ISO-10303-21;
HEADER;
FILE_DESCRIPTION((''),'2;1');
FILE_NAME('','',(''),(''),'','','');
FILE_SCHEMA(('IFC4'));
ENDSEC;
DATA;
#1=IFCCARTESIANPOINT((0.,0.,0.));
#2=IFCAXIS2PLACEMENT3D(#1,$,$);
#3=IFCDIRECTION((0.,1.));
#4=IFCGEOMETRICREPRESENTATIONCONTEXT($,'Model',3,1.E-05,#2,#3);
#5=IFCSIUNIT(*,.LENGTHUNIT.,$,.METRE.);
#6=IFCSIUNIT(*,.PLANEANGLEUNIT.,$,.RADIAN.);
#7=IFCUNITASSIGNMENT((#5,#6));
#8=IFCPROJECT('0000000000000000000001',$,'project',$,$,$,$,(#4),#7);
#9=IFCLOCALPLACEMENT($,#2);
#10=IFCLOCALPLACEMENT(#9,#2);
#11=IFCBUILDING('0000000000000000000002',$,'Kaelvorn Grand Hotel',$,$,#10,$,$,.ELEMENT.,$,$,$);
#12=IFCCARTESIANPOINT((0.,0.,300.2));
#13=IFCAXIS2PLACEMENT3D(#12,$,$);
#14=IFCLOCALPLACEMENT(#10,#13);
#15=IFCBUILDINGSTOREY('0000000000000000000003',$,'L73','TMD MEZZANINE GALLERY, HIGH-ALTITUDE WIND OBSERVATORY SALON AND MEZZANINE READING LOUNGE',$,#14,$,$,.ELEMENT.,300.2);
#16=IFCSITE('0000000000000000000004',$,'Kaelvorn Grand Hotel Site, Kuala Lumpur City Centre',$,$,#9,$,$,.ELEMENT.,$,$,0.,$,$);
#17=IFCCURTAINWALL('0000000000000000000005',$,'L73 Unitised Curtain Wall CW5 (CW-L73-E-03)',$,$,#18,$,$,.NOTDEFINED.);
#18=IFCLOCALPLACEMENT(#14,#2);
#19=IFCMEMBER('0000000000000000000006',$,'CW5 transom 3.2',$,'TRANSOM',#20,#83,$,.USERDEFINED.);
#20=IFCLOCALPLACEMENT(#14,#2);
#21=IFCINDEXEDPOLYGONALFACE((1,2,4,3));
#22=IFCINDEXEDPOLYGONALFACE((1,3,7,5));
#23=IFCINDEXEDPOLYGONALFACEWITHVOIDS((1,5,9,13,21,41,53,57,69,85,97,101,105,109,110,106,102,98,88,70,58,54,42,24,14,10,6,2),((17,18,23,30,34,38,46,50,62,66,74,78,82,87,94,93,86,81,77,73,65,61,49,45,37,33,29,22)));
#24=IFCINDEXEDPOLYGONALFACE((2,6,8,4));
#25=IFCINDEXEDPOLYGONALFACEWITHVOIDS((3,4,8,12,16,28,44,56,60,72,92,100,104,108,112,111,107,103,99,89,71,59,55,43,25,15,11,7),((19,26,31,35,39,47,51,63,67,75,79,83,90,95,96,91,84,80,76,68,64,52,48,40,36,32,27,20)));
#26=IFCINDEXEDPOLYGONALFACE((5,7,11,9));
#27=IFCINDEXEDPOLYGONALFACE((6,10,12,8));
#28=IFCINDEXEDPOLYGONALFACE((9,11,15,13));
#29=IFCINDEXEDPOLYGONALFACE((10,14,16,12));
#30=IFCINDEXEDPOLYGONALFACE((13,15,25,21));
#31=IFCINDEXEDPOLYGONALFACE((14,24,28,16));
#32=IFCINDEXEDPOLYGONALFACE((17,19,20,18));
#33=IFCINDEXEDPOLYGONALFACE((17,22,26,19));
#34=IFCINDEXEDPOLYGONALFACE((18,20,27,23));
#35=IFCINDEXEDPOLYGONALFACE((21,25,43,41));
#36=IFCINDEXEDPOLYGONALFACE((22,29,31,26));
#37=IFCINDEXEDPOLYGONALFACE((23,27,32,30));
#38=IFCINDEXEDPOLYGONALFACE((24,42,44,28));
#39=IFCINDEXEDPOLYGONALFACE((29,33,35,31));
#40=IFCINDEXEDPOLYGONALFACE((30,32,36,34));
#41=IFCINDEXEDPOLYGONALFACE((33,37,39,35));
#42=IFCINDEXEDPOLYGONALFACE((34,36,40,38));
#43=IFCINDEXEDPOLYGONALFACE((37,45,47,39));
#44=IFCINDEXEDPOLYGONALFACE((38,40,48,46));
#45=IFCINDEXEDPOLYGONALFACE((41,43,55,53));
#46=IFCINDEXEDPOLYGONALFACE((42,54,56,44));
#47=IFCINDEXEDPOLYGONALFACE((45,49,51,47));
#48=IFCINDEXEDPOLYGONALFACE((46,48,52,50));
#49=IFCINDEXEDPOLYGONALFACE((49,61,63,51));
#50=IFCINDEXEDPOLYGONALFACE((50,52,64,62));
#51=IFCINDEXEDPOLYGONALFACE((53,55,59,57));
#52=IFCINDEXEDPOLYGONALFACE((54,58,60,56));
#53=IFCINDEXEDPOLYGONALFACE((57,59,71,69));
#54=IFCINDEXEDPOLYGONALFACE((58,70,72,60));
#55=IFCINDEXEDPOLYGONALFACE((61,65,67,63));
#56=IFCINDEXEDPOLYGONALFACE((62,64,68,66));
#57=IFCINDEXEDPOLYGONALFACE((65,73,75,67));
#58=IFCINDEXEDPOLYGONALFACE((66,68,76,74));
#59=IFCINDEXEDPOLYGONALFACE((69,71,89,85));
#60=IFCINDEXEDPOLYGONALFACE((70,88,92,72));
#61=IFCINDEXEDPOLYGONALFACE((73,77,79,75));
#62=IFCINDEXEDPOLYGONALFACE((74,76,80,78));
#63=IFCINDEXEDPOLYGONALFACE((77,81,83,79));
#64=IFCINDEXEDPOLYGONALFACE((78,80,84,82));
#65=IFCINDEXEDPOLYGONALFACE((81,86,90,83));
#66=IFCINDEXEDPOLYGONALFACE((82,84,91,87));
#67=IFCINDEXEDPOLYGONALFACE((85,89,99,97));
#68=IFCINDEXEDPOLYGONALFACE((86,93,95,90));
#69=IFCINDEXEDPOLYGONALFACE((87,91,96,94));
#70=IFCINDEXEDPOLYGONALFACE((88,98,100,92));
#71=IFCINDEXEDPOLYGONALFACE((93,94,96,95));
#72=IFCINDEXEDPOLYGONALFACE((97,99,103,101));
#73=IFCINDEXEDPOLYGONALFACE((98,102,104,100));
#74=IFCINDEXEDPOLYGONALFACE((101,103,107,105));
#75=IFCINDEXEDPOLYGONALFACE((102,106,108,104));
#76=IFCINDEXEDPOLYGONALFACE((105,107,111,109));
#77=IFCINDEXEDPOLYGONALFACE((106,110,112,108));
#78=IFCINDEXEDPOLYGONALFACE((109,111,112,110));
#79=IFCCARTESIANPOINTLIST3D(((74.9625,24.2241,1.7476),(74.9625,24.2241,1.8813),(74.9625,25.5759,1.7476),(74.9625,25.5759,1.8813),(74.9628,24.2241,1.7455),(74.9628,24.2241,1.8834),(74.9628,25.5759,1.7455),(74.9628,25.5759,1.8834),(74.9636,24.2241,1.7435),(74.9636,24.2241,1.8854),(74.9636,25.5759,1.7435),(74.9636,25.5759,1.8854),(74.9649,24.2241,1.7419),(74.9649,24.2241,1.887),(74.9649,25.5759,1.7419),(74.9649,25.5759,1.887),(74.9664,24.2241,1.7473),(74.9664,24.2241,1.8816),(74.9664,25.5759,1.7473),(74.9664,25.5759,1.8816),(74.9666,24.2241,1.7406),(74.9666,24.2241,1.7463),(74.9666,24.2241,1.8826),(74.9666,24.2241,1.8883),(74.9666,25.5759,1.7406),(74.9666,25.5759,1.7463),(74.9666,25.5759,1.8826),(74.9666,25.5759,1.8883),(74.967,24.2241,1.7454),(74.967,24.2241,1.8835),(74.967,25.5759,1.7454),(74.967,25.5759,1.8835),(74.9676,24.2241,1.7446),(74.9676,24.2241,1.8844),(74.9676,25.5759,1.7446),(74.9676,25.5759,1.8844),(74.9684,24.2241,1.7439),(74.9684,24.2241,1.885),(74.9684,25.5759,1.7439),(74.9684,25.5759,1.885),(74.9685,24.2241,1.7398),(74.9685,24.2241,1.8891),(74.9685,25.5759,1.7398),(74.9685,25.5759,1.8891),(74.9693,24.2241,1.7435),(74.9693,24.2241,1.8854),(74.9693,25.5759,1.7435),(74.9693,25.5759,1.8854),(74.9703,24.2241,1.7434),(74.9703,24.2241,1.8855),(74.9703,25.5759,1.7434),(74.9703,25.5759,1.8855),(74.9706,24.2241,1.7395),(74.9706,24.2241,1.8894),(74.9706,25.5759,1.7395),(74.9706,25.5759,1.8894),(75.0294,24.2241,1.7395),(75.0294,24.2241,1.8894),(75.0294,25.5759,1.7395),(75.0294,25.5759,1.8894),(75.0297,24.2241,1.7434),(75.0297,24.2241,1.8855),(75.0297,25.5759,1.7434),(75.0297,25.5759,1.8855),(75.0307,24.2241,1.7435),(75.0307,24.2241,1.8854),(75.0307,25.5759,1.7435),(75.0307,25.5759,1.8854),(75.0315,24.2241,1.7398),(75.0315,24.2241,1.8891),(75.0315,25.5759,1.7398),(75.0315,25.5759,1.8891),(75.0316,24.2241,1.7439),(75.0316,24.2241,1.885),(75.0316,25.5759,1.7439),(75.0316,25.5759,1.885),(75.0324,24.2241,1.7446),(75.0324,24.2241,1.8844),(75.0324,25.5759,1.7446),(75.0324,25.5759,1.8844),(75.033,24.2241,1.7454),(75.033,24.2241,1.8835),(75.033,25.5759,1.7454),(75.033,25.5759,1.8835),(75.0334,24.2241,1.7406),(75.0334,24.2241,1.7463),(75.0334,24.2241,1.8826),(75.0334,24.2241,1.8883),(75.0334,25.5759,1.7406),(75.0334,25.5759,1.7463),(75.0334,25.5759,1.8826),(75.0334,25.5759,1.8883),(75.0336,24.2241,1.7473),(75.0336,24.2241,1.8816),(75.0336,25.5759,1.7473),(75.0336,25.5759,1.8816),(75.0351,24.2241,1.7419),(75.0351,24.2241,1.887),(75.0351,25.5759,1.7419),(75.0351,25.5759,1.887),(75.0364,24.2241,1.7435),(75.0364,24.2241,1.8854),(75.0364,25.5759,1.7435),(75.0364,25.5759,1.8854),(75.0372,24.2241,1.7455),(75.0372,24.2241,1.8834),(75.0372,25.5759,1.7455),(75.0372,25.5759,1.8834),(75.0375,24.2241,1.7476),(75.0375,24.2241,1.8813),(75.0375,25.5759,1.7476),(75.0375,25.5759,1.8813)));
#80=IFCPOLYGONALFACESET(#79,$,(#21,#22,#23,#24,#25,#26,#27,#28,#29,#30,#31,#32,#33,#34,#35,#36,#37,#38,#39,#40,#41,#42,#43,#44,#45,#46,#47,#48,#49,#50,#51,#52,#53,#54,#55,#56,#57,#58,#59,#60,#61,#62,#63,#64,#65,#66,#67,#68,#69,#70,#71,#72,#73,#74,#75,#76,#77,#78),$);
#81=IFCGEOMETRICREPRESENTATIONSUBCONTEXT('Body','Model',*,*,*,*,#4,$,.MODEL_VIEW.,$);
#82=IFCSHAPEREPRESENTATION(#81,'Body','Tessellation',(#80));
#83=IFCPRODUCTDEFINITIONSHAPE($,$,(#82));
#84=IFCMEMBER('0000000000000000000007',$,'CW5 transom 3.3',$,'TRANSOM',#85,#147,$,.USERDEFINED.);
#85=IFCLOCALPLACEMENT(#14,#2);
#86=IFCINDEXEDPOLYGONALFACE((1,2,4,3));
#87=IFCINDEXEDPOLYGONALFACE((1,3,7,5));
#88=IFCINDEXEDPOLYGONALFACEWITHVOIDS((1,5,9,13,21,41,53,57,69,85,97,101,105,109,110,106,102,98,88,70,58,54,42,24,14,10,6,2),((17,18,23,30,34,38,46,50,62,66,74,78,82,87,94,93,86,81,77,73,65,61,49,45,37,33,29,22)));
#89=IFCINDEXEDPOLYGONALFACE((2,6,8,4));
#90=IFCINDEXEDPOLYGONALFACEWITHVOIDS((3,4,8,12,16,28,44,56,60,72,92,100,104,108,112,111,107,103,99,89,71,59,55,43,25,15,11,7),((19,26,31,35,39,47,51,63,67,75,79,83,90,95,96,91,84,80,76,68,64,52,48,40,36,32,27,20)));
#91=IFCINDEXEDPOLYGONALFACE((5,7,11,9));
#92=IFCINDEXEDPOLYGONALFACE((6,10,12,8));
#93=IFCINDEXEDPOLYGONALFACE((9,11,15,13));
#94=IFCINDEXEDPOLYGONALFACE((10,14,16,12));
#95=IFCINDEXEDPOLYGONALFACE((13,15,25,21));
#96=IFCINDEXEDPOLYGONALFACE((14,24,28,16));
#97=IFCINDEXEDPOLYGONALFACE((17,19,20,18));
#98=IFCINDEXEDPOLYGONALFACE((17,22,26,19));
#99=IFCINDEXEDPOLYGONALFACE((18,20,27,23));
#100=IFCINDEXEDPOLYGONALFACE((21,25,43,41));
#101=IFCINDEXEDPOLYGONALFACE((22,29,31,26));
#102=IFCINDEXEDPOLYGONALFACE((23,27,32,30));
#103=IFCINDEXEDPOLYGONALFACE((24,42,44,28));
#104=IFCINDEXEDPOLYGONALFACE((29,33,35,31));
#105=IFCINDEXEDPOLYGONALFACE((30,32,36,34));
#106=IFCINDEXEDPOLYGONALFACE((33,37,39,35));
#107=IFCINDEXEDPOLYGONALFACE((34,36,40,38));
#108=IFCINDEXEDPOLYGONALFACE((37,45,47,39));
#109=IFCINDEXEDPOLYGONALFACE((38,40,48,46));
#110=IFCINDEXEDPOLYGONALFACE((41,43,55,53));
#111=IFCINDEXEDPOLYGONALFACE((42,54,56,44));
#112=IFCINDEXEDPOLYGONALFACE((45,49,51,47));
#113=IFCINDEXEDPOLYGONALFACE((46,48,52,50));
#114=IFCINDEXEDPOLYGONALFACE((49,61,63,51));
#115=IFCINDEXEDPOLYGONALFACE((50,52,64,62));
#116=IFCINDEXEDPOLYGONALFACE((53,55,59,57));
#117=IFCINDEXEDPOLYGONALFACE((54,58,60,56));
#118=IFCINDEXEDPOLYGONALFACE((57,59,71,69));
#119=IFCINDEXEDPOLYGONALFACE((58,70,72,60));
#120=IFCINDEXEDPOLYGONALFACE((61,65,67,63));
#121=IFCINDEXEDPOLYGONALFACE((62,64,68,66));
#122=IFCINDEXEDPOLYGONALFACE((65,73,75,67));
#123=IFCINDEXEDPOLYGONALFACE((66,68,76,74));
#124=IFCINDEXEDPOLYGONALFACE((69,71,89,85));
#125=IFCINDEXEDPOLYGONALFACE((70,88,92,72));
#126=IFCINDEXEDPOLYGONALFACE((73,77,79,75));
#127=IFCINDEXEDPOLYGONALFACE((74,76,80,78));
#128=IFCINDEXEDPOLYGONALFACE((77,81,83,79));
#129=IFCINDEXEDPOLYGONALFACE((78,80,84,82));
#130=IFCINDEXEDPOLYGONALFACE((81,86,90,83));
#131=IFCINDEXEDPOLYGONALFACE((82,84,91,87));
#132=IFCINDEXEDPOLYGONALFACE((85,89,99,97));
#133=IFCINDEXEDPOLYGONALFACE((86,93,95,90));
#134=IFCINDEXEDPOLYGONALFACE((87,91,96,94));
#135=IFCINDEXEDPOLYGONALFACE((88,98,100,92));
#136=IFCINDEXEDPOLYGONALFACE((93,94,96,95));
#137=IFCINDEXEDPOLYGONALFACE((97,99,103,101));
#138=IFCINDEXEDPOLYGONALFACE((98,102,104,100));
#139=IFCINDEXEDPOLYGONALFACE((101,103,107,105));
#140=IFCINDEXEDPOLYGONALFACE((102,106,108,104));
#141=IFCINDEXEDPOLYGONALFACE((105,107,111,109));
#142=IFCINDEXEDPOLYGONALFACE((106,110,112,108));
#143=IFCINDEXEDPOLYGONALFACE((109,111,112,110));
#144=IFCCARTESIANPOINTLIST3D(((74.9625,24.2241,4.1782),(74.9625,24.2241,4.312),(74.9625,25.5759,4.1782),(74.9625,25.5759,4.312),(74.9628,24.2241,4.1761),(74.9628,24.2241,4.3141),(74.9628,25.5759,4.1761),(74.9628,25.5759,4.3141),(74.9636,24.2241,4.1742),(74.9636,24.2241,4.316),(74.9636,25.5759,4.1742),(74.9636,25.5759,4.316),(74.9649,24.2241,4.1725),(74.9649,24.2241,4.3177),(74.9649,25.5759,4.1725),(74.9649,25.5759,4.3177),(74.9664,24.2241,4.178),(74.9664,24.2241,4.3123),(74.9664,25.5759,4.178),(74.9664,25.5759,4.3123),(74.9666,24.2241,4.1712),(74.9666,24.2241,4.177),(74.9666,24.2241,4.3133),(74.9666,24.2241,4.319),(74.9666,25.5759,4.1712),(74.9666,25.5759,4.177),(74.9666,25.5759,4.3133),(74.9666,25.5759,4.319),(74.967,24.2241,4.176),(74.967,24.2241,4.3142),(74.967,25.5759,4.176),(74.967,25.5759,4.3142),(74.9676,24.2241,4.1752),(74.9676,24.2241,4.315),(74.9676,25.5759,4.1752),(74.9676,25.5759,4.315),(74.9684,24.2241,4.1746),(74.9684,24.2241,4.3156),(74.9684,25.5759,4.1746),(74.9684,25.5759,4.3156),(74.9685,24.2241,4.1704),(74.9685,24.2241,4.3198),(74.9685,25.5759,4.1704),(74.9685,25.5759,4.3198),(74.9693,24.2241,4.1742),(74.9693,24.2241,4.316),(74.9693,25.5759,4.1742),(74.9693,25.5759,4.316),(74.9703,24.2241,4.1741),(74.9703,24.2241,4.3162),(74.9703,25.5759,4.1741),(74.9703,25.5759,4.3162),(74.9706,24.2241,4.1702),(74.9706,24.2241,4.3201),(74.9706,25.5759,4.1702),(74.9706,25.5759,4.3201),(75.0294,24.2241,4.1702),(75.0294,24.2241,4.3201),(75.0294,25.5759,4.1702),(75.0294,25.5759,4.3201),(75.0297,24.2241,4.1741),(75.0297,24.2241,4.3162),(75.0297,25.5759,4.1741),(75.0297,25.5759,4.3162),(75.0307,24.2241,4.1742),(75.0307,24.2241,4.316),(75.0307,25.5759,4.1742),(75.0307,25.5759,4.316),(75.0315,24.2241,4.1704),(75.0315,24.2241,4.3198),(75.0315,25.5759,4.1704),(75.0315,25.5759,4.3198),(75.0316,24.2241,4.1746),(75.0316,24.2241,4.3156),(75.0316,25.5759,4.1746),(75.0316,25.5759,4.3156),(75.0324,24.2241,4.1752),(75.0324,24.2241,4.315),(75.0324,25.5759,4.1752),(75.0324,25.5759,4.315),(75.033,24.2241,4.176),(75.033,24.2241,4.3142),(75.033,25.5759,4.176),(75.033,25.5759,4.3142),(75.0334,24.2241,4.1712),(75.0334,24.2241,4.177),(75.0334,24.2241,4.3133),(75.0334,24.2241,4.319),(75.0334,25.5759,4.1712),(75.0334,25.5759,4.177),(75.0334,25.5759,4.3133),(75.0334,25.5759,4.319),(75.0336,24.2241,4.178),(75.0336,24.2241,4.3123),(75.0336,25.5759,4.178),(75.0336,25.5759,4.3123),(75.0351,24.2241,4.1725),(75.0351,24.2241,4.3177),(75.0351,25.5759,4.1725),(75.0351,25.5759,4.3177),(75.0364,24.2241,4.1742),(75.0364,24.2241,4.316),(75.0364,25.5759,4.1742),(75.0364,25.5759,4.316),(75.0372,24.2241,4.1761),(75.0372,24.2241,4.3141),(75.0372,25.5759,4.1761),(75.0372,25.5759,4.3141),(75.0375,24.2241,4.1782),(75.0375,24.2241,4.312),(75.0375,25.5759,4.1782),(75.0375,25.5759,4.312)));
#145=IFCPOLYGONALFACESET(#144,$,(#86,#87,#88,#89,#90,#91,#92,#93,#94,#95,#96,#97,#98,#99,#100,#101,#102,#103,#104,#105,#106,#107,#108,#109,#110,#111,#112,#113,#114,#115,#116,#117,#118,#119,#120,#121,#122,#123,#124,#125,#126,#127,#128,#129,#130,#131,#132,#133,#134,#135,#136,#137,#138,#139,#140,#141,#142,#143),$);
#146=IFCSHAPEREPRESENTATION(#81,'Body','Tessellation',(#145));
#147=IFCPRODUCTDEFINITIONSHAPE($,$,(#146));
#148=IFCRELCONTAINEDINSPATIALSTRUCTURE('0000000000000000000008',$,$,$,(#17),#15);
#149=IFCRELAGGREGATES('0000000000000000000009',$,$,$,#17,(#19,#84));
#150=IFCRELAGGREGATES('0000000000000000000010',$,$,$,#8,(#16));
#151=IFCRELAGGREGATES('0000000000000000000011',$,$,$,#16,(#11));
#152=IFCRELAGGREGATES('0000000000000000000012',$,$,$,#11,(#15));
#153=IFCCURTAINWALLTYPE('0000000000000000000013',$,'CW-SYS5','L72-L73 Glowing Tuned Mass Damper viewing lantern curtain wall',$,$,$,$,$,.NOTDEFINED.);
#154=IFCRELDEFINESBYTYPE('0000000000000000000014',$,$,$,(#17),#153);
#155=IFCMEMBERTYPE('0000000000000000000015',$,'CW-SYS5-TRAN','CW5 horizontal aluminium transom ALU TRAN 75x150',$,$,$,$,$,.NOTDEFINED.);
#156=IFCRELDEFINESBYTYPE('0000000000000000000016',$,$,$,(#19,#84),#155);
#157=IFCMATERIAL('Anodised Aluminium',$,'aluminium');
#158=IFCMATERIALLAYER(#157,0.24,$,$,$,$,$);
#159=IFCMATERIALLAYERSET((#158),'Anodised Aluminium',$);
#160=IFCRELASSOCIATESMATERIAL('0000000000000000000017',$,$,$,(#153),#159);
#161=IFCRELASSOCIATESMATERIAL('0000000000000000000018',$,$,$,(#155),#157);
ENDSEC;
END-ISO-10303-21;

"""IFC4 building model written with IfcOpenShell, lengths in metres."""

from ifc_helpers import new_model, si_unit, direction, frame, origin, origin_2d, place, context, subcontext, project, spatial, hollow_rectangle, extrude, material, layer, layer_set, material_profile, profile_set, type_object, element, aggregate, save


model = new_model("IFC4")

# Units and contexts
model_context = context("Model", 3, precision=1e-05, world=origin(), true_north=direction((0.0, 1.0)))
body_context = subcontext(model_context, "Body", "Model", "MODEL_VIEW")
ifc_project = project(units=[si_unit("LENGTHUNIT", "METRE"), si_unit("PLANEANGLEUNIT", "RADIAN")], contexts=[model_context])

# Site, building, storey
site_placement = place(None, origin())
site = spatial("IfcSite", under=ifc_project, at=site_placement, Name="Kaelvorn Grand Hotel Site, Kuala Lumpur City Centre", CompositionType="ELEMENT", RefElevation=0.0)
building_placement = place(site_placement, origin())
building = spatial("IfcBuilding", under=site, at=building_placement, Name="Kaelvorn Grand Hotel", CompositionType="ELEMENT")
storey_placement = place(building_placement, frame((0.0, 0.0, 300.2)))
storey = spatial("IfcBuildingStorey", under=building, at=storey_placement, Name="L73", Description="TMD MEZZANINE GALLERY, HIGH-ALTITUDE WIND OBSERVATORY SALON AND MEZZANINE READING LOUNGE", CompositionType="ELEMENT", Elevation=300.2)

# Curtain wall, members
ifc_material_1 = material(Name="Anodised Aluminium", Category="aluminium")
ifc_layer_1 = layer(ifc_material_1, 0.24)
ifc_layer_set_1 = layer_set([ifc_layer_1], Name="Anodised Aluminium")
curtain_wall_type = type_object("IfcCurtainWallType", Name="CW-SYS5", Description="L72-L73 Glowing Tuned Mass Damper viewing lantern curtain wall", PredefinedType="NOTDEFINED", material=ifc_layer_set_1)
curtain_wall_placement = place(storey_placement, origin())
curtain_wall = element("IfcCurtainWall", 1, at=curtain_wall_placement, inside=storey, type_object=curtain_wall_type, Name="L73 Unitised Curtain Wall CW5 (CW-L73-E-03)", PredefinedType="NOTDEFINED")
ifc_material_profile_1 = material_profile(ifc_material_1, hollow_rectangle(XDim=0.075, YDim=0.1499, WallThickness=0.0039, InnerFilletRadius=0.0039, OuterFilletRadius=0.0081, at=origin_2d()), Name="ALU TRAN 75x150")
ifc_profile_set_1 = profile_set([ifc_material_profile_1], Name="Anodised Aluminium")
member_type_1 = type_object("IfcMemberType", Name="CW-SYS5-TRAN", Description="CW5 horizontal aluminium transom ALU TRAN 75x150", PredefinedType="NOTDEFINED", material=ifc_profile_set_1)
member_1_placement = place(storey_placement, frame((75.0, 24.2241, 1.8145), z_axis=(0.0, 1.0, 0.0), x_axis=(-1.0, 0.0, 0.0)))
member_1 = element("IfcMember", 2, at=member_1_placement, type_object=member_type_1, Name="CW5 transom 3.2", ObjectType="TRANSOM", PredefinedType="USERDEFINED", context=body_context, shape_type="SweptSolid", body=[
    extrude(hollow_rectangle(XDim=0.075, YDim=0.1499, WallThickness=0.0039, InnerFilletRadius=0.0039, OuterFilletRadius=0.0081, at=origin_2d()), origin(), (0.0, 0.0, 1.0), 1.3518),
])
member_2_placement = place(storey_placement, frame((75.0, 24.2241, 4.2451), z_axis=(0.0, 1.0, 0.0), x_axis=(-1.0, 0.0, 0.0)))
member_2 = element("IfcMember", 3, at=member_2_placement, type_object=member_type_1, Name="CW5 transom 3.3", ObjectType="TRANSOM", PredefinedType="USERDEFINED", context=body_context, shape_type="SweptSolid", body=[
    extrude(hollow_rectangle(XDim=0.075, YDim=0.1499, WallThickness=0.0039, InnerFilletRadius=0.0039, OuterFilletRadius=0.0081, at=origin_2d()), origin(), (0.0, 0.0, 1.0), 1.3518),
])
aggregate(curtain_wall, [member_1, member_2])

save(model, "model.ifc")
